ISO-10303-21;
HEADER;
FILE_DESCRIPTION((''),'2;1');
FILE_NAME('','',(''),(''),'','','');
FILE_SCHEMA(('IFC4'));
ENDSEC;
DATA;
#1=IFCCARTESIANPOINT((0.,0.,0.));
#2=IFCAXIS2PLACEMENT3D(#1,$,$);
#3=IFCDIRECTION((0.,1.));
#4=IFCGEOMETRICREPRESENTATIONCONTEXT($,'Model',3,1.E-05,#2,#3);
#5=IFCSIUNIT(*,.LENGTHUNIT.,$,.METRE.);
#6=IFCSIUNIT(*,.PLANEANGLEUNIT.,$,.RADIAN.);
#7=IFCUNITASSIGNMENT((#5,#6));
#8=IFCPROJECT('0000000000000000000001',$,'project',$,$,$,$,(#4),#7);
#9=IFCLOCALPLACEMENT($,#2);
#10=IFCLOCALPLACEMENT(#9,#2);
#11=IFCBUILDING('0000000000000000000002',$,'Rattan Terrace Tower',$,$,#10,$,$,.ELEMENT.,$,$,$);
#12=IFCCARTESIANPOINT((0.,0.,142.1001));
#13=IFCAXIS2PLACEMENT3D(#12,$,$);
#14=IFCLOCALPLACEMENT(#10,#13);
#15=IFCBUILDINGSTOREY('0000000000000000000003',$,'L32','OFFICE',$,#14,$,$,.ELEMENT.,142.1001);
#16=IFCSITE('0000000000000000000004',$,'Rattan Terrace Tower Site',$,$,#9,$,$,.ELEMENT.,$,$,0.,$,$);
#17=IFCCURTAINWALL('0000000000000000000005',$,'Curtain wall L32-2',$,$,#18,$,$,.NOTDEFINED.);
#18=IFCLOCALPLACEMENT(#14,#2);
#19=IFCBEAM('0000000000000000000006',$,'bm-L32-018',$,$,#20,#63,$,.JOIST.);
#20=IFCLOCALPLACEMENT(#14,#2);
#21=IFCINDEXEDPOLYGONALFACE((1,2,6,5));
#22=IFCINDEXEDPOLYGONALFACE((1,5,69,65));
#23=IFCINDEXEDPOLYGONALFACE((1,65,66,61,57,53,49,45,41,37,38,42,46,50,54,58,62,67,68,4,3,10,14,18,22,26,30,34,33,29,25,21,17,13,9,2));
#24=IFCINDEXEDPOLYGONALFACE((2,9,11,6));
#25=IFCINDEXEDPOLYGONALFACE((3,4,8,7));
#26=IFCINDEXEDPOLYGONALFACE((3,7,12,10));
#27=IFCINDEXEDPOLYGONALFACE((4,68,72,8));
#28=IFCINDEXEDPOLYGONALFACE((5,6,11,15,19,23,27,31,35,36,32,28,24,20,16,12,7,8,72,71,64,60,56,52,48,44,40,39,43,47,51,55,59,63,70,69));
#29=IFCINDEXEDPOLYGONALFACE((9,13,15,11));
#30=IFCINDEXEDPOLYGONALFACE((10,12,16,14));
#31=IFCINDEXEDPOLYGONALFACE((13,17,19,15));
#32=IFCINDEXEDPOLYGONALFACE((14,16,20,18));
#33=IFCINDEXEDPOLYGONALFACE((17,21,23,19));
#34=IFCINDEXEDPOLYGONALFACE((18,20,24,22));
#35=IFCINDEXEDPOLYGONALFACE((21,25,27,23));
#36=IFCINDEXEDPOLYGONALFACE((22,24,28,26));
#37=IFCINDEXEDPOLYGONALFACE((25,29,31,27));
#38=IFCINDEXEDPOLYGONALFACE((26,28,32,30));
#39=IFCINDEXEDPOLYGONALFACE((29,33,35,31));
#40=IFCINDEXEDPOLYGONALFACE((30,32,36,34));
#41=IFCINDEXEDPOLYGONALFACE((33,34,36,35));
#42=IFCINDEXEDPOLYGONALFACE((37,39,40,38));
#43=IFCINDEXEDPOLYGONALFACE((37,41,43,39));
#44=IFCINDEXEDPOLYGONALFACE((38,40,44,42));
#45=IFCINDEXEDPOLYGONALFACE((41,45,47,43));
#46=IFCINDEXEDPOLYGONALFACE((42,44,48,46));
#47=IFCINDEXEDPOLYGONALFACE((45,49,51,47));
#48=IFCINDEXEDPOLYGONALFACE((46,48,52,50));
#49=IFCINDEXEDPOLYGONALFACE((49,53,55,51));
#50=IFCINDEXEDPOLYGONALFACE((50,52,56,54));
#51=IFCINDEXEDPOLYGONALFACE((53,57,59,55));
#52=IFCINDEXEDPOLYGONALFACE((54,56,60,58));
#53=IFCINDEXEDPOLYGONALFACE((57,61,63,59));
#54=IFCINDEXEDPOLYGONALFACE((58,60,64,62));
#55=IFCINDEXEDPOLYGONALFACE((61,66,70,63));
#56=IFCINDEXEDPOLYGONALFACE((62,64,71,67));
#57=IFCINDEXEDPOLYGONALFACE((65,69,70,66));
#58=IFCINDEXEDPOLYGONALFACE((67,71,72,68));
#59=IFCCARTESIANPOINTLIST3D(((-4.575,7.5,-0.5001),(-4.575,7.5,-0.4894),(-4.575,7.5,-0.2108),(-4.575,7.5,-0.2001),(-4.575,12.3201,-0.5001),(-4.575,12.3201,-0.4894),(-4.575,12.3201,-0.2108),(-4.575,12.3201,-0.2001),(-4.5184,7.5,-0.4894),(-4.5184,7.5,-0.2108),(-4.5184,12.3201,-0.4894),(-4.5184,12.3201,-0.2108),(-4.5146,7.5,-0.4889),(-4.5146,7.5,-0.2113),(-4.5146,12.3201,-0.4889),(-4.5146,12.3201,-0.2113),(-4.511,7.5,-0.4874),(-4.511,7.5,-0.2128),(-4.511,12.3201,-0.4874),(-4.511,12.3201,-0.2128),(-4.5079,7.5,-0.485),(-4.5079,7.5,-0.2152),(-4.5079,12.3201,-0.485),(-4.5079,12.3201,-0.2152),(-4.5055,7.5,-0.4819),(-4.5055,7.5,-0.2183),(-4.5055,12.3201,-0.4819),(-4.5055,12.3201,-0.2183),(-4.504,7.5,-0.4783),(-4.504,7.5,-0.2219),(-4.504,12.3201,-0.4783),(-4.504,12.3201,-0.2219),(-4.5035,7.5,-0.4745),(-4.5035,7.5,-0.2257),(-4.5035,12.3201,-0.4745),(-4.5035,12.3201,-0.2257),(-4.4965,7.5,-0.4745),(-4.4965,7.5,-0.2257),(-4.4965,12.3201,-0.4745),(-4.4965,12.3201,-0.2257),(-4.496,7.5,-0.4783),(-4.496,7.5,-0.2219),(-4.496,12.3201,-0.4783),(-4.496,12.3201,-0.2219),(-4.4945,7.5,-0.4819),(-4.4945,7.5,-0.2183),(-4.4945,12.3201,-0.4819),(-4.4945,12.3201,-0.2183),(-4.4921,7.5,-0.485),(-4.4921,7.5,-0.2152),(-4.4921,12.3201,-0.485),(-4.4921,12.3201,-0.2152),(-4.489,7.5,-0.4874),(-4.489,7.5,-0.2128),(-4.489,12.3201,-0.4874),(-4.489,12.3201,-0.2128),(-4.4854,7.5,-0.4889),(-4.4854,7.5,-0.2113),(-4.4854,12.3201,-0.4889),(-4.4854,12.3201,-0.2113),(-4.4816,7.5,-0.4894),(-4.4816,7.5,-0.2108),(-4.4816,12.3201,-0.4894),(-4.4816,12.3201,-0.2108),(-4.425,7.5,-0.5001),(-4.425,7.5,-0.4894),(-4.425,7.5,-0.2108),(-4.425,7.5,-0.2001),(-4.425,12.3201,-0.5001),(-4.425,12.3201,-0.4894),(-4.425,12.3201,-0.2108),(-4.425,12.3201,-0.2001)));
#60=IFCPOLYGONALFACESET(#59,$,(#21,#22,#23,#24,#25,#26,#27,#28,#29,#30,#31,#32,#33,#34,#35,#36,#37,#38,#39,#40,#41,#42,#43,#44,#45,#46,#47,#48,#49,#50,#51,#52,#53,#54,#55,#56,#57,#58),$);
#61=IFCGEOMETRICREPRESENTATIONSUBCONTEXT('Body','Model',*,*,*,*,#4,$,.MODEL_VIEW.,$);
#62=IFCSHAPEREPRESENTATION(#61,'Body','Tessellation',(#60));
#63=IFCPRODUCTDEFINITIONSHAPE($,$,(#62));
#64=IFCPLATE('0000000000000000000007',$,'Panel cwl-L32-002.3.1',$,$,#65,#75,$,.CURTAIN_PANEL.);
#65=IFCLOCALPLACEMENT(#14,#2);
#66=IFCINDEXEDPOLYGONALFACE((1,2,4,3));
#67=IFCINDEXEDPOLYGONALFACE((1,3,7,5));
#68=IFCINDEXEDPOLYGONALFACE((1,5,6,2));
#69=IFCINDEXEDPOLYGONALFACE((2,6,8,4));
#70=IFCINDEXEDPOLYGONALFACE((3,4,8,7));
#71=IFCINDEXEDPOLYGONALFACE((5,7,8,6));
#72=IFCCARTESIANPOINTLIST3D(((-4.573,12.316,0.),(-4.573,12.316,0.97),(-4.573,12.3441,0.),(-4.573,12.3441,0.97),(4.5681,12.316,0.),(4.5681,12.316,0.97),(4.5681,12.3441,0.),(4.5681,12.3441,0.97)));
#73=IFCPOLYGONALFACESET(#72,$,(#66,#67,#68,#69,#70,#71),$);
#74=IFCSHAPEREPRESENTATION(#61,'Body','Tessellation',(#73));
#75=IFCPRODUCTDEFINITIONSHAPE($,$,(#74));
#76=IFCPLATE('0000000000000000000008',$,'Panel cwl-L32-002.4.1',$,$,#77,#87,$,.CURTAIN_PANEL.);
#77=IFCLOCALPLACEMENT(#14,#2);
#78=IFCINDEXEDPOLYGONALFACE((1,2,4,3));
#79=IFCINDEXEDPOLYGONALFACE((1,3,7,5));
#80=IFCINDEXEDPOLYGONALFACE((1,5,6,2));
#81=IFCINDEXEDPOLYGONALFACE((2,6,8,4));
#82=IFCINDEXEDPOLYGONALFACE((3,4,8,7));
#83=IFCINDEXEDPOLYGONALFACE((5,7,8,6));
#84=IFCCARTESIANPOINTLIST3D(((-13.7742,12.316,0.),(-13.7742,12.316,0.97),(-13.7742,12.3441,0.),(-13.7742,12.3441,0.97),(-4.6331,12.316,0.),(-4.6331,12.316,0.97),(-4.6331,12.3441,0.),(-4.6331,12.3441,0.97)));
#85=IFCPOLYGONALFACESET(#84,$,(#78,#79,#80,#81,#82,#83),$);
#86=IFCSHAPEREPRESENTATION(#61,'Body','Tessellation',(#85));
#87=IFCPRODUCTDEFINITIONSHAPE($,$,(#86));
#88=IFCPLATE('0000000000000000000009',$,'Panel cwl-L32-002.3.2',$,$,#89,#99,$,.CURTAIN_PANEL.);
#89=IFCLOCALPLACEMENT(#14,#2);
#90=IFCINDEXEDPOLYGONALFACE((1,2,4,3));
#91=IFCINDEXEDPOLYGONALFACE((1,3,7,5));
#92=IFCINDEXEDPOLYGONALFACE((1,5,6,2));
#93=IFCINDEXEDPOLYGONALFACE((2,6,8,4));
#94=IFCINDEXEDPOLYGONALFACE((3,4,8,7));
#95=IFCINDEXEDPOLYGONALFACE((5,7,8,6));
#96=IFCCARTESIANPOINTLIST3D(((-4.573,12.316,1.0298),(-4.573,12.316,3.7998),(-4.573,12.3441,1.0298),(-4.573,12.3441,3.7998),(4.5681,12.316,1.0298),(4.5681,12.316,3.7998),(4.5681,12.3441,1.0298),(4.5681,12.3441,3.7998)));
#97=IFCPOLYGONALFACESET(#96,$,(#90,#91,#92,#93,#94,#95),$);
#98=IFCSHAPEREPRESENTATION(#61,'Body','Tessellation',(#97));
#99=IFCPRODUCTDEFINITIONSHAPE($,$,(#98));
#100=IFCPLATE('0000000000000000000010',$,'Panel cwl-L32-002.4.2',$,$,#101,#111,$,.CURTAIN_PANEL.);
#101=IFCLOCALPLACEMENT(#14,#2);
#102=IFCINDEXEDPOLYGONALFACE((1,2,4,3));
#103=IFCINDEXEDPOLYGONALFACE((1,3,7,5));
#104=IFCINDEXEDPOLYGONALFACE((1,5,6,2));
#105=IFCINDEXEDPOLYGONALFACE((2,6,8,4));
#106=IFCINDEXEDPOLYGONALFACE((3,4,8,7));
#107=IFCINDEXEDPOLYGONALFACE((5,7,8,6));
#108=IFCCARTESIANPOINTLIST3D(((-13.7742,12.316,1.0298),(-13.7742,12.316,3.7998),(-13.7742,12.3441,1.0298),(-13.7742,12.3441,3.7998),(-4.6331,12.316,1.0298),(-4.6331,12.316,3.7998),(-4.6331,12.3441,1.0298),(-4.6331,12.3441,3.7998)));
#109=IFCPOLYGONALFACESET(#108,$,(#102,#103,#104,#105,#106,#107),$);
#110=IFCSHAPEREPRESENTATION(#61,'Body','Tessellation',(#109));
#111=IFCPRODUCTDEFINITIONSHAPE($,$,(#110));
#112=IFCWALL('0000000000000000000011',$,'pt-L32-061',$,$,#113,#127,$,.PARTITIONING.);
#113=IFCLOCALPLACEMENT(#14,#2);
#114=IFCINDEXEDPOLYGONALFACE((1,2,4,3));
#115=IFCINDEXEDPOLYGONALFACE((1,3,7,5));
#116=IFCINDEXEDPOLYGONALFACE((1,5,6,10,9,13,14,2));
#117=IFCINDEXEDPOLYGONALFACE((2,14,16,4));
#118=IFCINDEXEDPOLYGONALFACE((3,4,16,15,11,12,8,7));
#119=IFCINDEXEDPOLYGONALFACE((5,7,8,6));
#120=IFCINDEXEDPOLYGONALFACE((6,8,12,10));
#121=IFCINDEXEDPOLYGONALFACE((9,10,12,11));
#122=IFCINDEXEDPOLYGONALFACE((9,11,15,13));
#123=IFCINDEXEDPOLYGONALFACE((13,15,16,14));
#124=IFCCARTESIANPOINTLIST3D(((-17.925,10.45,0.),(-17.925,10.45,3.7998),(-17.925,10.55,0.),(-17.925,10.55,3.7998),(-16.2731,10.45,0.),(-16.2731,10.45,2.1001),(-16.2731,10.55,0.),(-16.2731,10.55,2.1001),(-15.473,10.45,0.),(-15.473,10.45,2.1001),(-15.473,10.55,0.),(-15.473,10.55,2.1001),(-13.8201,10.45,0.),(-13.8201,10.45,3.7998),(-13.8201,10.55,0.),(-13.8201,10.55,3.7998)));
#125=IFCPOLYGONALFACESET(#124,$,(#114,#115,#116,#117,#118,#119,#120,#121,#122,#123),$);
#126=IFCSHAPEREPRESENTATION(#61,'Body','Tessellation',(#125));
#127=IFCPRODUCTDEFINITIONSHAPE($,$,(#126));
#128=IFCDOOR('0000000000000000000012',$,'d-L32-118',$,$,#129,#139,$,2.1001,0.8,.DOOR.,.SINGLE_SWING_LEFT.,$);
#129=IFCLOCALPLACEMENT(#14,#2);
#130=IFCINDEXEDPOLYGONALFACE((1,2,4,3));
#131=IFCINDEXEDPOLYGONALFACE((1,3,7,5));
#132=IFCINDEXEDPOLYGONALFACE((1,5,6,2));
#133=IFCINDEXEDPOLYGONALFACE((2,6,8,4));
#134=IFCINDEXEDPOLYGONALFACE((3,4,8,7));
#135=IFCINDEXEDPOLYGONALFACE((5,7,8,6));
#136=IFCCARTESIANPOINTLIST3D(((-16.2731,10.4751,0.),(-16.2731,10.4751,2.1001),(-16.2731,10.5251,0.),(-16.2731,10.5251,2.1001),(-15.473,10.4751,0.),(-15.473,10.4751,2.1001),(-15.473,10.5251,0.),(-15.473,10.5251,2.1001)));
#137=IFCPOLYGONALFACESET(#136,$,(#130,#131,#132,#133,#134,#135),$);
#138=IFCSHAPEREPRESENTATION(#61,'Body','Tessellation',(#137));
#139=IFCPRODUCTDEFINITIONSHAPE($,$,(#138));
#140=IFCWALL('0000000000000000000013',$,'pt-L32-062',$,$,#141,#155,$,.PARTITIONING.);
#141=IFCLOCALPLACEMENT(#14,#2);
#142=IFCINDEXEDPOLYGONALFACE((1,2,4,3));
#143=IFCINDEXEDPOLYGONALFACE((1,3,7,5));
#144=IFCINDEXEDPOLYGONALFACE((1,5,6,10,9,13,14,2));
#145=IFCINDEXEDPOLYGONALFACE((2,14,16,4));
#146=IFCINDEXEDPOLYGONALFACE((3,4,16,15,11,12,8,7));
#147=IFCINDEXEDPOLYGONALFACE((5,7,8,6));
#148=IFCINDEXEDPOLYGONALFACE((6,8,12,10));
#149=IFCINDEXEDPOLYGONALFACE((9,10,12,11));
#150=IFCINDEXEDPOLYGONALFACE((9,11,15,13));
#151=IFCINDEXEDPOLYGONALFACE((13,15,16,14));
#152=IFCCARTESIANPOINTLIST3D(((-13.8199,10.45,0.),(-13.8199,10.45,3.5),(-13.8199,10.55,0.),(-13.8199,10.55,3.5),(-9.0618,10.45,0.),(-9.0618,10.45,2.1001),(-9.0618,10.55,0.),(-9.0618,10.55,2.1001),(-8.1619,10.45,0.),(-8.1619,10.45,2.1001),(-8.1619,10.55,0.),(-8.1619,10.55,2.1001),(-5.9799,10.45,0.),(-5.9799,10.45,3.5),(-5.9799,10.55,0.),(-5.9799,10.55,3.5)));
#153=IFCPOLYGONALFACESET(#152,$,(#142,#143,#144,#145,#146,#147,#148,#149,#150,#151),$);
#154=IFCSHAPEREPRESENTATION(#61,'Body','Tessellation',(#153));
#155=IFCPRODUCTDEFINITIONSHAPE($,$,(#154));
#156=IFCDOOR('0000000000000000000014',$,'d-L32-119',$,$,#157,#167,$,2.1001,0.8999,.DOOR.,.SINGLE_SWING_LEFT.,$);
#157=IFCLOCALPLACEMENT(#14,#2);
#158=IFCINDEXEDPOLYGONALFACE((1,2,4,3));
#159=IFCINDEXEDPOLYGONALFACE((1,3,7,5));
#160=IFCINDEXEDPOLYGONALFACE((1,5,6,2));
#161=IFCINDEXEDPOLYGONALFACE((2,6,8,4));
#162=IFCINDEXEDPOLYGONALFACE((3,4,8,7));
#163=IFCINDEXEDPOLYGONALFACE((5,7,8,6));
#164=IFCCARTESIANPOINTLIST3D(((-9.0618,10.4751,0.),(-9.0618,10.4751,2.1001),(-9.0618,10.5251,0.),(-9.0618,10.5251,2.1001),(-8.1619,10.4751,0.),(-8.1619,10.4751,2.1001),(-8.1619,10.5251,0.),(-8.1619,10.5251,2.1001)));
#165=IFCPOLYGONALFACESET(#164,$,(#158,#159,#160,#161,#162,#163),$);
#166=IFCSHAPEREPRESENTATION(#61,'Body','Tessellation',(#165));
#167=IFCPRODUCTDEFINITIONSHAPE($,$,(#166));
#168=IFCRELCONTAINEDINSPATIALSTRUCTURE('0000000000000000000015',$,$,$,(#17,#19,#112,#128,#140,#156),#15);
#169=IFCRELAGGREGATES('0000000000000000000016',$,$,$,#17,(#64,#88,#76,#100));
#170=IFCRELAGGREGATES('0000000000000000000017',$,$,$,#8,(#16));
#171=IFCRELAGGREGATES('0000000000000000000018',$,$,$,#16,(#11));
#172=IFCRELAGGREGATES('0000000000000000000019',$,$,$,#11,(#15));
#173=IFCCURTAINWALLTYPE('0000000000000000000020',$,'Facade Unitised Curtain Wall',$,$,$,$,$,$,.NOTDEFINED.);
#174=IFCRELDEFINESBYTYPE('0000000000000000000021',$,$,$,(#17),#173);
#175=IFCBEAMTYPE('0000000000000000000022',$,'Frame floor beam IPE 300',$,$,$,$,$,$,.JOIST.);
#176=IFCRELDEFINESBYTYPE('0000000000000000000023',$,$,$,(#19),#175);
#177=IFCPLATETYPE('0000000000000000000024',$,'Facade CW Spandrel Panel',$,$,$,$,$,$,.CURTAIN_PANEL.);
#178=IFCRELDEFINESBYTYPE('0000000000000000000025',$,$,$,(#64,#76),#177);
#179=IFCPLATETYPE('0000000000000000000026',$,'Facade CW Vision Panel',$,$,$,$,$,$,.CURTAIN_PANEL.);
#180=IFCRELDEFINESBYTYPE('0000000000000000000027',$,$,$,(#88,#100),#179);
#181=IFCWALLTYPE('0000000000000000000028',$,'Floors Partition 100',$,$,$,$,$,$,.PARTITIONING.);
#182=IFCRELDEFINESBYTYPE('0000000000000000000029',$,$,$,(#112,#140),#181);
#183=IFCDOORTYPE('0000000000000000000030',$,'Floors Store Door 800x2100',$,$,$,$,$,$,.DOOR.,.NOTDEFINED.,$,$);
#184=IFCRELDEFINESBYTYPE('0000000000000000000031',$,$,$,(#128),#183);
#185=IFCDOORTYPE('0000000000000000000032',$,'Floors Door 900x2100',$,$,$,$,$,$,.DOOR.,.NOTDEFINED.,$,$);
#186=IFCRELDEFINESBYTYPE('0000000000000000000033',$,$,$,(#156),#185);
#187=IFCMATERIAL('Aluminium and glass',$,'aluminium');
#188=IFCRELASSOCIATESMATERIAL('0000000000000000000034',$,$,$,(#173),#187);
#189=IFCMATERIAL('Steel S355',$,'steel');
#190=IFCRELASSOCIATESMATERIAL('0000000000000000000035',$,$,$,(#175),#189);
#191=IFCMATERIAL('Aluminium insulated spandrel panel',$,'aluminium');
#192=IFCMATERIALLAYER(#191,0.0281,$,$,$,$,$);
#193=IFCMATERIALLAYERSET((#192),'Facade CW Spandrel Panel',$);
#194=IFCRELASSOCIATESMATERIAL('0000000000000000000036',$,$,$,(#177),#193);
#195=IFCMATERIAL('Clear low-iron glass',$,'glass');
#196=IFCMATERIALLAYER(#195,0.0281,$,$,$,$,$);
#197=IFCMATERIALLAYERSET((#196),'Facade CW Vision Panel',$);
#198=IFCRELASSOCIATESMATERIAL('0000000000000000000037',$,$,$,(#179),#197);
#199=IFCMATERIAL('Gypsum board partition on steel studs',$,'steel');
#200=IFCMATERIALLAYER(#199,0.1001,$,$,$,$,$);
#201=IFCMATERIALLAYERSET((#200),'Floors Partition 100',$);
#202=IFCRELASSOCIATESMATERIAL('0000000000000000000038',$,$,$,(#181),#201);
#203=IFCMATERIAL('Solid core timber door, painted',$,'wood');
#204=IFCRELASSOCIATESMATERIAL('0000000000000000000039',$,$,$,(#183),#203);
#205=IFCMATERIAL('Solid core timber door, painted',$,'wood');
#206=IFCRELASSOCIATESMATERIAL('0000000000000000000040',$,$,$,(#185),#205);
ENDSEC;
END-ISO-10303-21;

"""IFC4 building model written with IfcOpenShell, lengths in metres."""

from ifc_helpers import new_model, si_unit, direction, frame, frame_2d, origin, origin_2d, place, context, subcontext, project, spatial, rectangle, i_section, extrude, material, layer, layer_set, material_profile, profile_set, type_object, element, fill, aggregate, save


model = new_model("IFC4")

# Units and contexts
model_context = context("Model", 3, precision=1e-05, world=origin(), true_north=direction((0.0, 1.0)))
body_context = subcontext(model_context, "Body", "Model", "MODEL_VIEW")
ifc_project = project(units=[si_unit("LENGTHUNIT", "METRE"), si_unit("PLANEANGLEUNIT", "RADIAN")], contexts=[model_context])

# Site, building, storey
site_placement = place(None, origin())
site = spatial("IfcSite", under=ifc_project, at=site_placement, Name="Rattan Terrace Tower Site", CompositionType="ELEMENT", RefElevation=0.0)
building_placement = place(site_placement, origin())
building = spatial("IfcBuilding", under=site, at=building_placement, Name="Rattan Terrace Tower", CompositionType="ELEMENT")
storey_placement = place(building_placement, frame((0.0, 0.0, 142.1001)))
storey = spatial("IfcBuildingStorey", under=building, at=storey_placement, Name="L32", Description="OFFICE", CompositionType="ELEMENT", Elevation=142.1001)

# Curtain wall
ifc_material_1 = material(Name="Aluminium and glass", Category="aluminium")
curtain_wall_type = type_object("IfcCurtainWallType", Name="Facade Unitised Curtain Wall", PredefinedType="NOTDEFINED", material=ifc_material_1)
curtain_wall_placement = place(storey_placement, origin())
curtain_wall = element("IfcCurtainWall", 1, at=curtain_wall_placement, inside=storey, type_object=curtain_wall_type, Name="Curtain wall L32-2", PredefinedType="NOTDEFINED")

# Beam
ifc_material_2 = material(Name="Steel S355", Category="steel")
ifc_material_profile_1 = material_profile(ifc_material_2, i_section(OverallWidth=0.1499, OverallDepth=0.3, WebThickness=0.0071, FlangeThickness=0.0107, FilletRadius=0.0149, at=origin_2d()), Name="IPE 300")
ifc_profile_set_1 = profile_set([ifc_material_profile_1], Name="Steel S355")
beam_type = type_object("IfcBeamType", Name="Frame floor beam IPE 300", PredefinedType="JOIST", material=ifc_profile_set_1)
for number, where, z_axis, x_axis, name in (
    (2, (-4.5, 7.5, -0.3501), (0.0, 1.0, 0.0), (-1.0, 0.0, 0.0), "bm-L32-018"),
):
    element("IfcBeam", number, at=place(storey_placement, frame(where, z_axis=z_axis, x_axis=x_axis)), inside=storey, type_object=beam_type, Name=name, PredefinedType="JOIST", context=body_context, shape_type="SweptSolid", body=[
        extrude(i_section(OverallWidth=0.1499, OverallDepth=0.3, WebThickness=0.0071, FlangeThickness=0.0107, FilletRadius=0.0149, at=origin_2d()), origin(), (0.0, 0.0, 1.0), 4.8201),
    ])

# Plates
ifc_material_3 = material(Name="Aluminium insulated spandrel panel", Category="aluminium")
ifc_layer_1 = layer(ifc_material_3, 0.0281)
ifc_layer_set_1 = layer_set([ifc_layer_1], Name="Facade CW Spandrel Panel")
plate_type_1 = type_object("IfcPlateType", Name="Facade CW Spandrel Panel", PredefinedType="CURTAIN_PANEL", material=ifc_layer_set_1)
plate_1_placement = place(storey_placement, frame((-0.0024, 12.3301, 0.0), z_axis=(0.0, 0.0, 1.0), x_axis=(-1.0, 0.0, 0.0)))
plate_1 = element("IfcPlate", 3, at=plate_1_placement, type_object=plate_type_1, Name="Panel cwl-L32-002.3.1", PredefinedType="CURTAIN_PANEL", context=body_context, shape_type="SweptSolid", body=[
    extrude(rectangle(XDim=9.1411, YDim=0.0281, at=origin_2d()), origin(), (0.0, 0.0, 1.0), 0.97),
])
plate_2_placement = place(storey_placement, frame((-9.2036, 12.3301, 0.0), z_axis=(0.0, 0.0, 1.0), x_axis=(-1.0, 0.0, 0.0)))
plate_2 = element("IfcPlate", 4, at=plate_2_placement, type_object=plate_type_1, Name="Panel cwl-L32-002.4.1", PredefinedType="CURTAIN_PANEL", context=body_context, shape_type="SweptSolid", body=[
    extrude(rectangle(XDim=9.1411, YDim=0.0281, at=origin_2d()), origin(), (0.0, 0.0, 1.0), 0.97),
])
ifc_material_4 = material(Name="Clear low-iron glass", Category="glass")
ifc_layer_2 = layer(ifc_material_4, 0.0281)
ifc_layer_set_2 = layer_set([ifc_layer_2], Name="Facade CW Vision Panel")
plate_type_2 = type_object("IfcPlateType", Name="Facade CW Vision Panel", PredefinedType="CURTAIN_PANEL", material=ifc_layer_set_2)
plate_3_placement = place(storey_placement, frame((-0.0024, 12.3301, 1.0298), z_axis=(0.0, 0.0, 1.0), x_axis=(-1.0, 0.0, 0.0)))
plate_3 = element("IfcPlate", 5, at=plate_3_placement, type_object=plate_type_2, Name="Panel cwl-L32-002.3.2", PredefinedType="CURTAIN_PANEL", context=body_context, shape_type="SweptSolid", body=[
    extrude(rectangle(XDim=9.1411, YDim=0.0281, at=origin_2d()), origin(), (0.0, 0.0, 1.0), 2.77),
])
plate_4_placement = place(storey_placement, frame((-9.2036, 12.3301, 1.0298), z_axis=(0.0, 0.0, 1.0), x_axis=(-1.0, 0.0, 0.0)))
plate_4 = element("IfcPlate", 6, at=plate_4_placement, type_object=plate_type_2, Name="Panel cwl-L32-002.4.2", PredefinedType="CURTAIN_PANEL", context=body_context, shape_type="SweptSolid", body=[
    extrude(rectangle(XDim=9.1411, YDim=0.0281, at=origin_2d()), origin(), (0.0, 0.0, 1.0), 2.77),
])
aggregate(curtain_wall, [plate_1, plate_3, plate_2, plate_4])

# Walls, openings, doors
ifc_material_5 = material(Name="Gypsum board partition on steel studs", Category="steel")
ifc_layer_3 = layer(ifc_material_5, 0.1001)
ifc_layer_set_3 = layer_set([ifc_layer_3], Name="Floors Partition 100")
wall_type = type_object("IfcWallType", Name="Floors Partition 100", PredefinedType="PARTITIONING", material=ifc_layer_set_3)
wall_1_placement = place(storey_placement, frame((-13.8201, 10.5, 0.0), z_axis=(0.0, 0.0, 1.0), x_axis=(-1.0, 0.0, 0.0)))
wall_1 = element("IfcWall", 7, at=wall_1_placement, inside=storey, type_object=wall_type, Name="pt-L32-061", PredefinedType="PARTITIONING", context=body_context, shape_type="SweptSolid", body=[
    extrude(rectangle(XDim=4.105, YDim=0.1001, at=frame_2d((2.0525, 0.0))), origin(), (0.0, 0.0, 1.0), 3.7998),
])
opening_1_placement = place(wall_1_placement, frame((1.6531, 0.0, 0.0)))
opening_1 = element("IfcOpeningElement", 8, at=opening_1_placement, cuts=wall_1, PredefinedType="OPENING", context=body_context, shape_type="SweptSolid", body=[
    extrude(rectangle(XDim=0.8, YDim=2.1001, at=frame_2d((0.3999, 1.05))), frame((0.0, 0.0605, 0.0), z_axis=(0.0, -1.0, 0.0), x_axis=(1.0, 0.0, 0.0)), (0.0, 0.0, 1.0), 0.1211),
])
ifc_material_6 = material(Name="Solid core timber door, painted", Category="wood")
door_type_1 = type_object("IfcDoorType", Name="Floors Store Door 800x2100", OperationType="NOTDEFINED", PredefinedType="DOOR", material=ifc_material_6)
door_1_placement = place(opening_1_placement, origin())
door_1 = element("IfcDoor", 9, at=door_1_placement, inside=storey, type_object=door_type_1, Name="d-L32-118", OperationType="SINGLE_SWING_LEFT", OverallHeight=2.1001, OverallWidth=0.8, PredefinedType="DOOR", context=body_context, shape_type="SweptSolid", body=[
    extrude(rectangle(XDim=0.8, YDim=2.1001, at=frame_2d((0.3999, 1.05))), frame((0.0, 0.0249, 0.0), z_axis=(0.0, -1.0, 0.0), x_axis=(1.0, 0.0, 0.0)), (0.0, 0.0, 1.0), 0.05),
])
fill(opening_1, door_1)
wall_2_placement = place(storey_placement, frame((-5.98, 10.5, 0.0), z_axis=(0.0, 0.0, 1.0), x_axis=(-1.0, 0.0, 0.0)))
wall_2 = element("IfcWall", 10, at=wall_2_placement, inside=storey, type_object=wall_type, Name="pt-L32-062", PredefinedType="PARTITIONING", context=body_context, shape_type="SweptSolid", body=[
    extrude(rectangle(XDim=7.8401, YDim=0.1001, at=frame_2d((3.9199, 0.0))), origin(), (0.0, 0.0, 1.0), 3.5),
])
opening_2_placement = place(wall_2_placement, frame((2.1819, 0.0, 0.0)))
opening_2 = element("IfcOpeningElement", 11, at=opening_2_placement, cuts=wall_2, PredefinedType="OPENING", context=body_context, shape_type="SweptSolid", body=[
    extrude(rectangle(XDim=0.8999, YDim=2.1001, at=frame_2d((0.45, 1.05))), frame((0.0, 0.0605, 0.0), z_axis=(0.0, -1.0, 0.0), x_axis=(1.0, 0.0, 0.0)), (0.0, 0.0, 1.0), 0.1211),
])
ifc_material_7 = material(Name="Solid core timber door, painted", Category="wood")
door_type_2 = type_object("IfcDoorType", Name="Floors Door 900x2100", OperationType="NOTDEFINED", PredefinedType="DOOR", material=ifc_material_7)
door_2_placement = place(opening_2_placement, origin())
door_2 = element("IfcDoor", 12, at=door_2_placement, inside=storey, type_object=door_type_2, Name="d-L32-119", OperationType="SINGLE_SWING_LEFT", OverallHeight=2.1001, OverallWidth=0.8999, PredefinedType="DOOR", context=body_context, shape_type="SweptSolid", body=[
    extrude(rectangle(XDim=0.8999, YDim=2.1001, at=frame_2d((0.45, 1.05))), frame((0.0, 0.0249, 0.0), z_axis=(0.0, -1.0, 0.0), x_axis=(1.0, 0.0, 0.0)), (0.0, 0.0, 1.0), 0.05),
])
fill(opening_2, door_2)

save(model, "model.ifc")
